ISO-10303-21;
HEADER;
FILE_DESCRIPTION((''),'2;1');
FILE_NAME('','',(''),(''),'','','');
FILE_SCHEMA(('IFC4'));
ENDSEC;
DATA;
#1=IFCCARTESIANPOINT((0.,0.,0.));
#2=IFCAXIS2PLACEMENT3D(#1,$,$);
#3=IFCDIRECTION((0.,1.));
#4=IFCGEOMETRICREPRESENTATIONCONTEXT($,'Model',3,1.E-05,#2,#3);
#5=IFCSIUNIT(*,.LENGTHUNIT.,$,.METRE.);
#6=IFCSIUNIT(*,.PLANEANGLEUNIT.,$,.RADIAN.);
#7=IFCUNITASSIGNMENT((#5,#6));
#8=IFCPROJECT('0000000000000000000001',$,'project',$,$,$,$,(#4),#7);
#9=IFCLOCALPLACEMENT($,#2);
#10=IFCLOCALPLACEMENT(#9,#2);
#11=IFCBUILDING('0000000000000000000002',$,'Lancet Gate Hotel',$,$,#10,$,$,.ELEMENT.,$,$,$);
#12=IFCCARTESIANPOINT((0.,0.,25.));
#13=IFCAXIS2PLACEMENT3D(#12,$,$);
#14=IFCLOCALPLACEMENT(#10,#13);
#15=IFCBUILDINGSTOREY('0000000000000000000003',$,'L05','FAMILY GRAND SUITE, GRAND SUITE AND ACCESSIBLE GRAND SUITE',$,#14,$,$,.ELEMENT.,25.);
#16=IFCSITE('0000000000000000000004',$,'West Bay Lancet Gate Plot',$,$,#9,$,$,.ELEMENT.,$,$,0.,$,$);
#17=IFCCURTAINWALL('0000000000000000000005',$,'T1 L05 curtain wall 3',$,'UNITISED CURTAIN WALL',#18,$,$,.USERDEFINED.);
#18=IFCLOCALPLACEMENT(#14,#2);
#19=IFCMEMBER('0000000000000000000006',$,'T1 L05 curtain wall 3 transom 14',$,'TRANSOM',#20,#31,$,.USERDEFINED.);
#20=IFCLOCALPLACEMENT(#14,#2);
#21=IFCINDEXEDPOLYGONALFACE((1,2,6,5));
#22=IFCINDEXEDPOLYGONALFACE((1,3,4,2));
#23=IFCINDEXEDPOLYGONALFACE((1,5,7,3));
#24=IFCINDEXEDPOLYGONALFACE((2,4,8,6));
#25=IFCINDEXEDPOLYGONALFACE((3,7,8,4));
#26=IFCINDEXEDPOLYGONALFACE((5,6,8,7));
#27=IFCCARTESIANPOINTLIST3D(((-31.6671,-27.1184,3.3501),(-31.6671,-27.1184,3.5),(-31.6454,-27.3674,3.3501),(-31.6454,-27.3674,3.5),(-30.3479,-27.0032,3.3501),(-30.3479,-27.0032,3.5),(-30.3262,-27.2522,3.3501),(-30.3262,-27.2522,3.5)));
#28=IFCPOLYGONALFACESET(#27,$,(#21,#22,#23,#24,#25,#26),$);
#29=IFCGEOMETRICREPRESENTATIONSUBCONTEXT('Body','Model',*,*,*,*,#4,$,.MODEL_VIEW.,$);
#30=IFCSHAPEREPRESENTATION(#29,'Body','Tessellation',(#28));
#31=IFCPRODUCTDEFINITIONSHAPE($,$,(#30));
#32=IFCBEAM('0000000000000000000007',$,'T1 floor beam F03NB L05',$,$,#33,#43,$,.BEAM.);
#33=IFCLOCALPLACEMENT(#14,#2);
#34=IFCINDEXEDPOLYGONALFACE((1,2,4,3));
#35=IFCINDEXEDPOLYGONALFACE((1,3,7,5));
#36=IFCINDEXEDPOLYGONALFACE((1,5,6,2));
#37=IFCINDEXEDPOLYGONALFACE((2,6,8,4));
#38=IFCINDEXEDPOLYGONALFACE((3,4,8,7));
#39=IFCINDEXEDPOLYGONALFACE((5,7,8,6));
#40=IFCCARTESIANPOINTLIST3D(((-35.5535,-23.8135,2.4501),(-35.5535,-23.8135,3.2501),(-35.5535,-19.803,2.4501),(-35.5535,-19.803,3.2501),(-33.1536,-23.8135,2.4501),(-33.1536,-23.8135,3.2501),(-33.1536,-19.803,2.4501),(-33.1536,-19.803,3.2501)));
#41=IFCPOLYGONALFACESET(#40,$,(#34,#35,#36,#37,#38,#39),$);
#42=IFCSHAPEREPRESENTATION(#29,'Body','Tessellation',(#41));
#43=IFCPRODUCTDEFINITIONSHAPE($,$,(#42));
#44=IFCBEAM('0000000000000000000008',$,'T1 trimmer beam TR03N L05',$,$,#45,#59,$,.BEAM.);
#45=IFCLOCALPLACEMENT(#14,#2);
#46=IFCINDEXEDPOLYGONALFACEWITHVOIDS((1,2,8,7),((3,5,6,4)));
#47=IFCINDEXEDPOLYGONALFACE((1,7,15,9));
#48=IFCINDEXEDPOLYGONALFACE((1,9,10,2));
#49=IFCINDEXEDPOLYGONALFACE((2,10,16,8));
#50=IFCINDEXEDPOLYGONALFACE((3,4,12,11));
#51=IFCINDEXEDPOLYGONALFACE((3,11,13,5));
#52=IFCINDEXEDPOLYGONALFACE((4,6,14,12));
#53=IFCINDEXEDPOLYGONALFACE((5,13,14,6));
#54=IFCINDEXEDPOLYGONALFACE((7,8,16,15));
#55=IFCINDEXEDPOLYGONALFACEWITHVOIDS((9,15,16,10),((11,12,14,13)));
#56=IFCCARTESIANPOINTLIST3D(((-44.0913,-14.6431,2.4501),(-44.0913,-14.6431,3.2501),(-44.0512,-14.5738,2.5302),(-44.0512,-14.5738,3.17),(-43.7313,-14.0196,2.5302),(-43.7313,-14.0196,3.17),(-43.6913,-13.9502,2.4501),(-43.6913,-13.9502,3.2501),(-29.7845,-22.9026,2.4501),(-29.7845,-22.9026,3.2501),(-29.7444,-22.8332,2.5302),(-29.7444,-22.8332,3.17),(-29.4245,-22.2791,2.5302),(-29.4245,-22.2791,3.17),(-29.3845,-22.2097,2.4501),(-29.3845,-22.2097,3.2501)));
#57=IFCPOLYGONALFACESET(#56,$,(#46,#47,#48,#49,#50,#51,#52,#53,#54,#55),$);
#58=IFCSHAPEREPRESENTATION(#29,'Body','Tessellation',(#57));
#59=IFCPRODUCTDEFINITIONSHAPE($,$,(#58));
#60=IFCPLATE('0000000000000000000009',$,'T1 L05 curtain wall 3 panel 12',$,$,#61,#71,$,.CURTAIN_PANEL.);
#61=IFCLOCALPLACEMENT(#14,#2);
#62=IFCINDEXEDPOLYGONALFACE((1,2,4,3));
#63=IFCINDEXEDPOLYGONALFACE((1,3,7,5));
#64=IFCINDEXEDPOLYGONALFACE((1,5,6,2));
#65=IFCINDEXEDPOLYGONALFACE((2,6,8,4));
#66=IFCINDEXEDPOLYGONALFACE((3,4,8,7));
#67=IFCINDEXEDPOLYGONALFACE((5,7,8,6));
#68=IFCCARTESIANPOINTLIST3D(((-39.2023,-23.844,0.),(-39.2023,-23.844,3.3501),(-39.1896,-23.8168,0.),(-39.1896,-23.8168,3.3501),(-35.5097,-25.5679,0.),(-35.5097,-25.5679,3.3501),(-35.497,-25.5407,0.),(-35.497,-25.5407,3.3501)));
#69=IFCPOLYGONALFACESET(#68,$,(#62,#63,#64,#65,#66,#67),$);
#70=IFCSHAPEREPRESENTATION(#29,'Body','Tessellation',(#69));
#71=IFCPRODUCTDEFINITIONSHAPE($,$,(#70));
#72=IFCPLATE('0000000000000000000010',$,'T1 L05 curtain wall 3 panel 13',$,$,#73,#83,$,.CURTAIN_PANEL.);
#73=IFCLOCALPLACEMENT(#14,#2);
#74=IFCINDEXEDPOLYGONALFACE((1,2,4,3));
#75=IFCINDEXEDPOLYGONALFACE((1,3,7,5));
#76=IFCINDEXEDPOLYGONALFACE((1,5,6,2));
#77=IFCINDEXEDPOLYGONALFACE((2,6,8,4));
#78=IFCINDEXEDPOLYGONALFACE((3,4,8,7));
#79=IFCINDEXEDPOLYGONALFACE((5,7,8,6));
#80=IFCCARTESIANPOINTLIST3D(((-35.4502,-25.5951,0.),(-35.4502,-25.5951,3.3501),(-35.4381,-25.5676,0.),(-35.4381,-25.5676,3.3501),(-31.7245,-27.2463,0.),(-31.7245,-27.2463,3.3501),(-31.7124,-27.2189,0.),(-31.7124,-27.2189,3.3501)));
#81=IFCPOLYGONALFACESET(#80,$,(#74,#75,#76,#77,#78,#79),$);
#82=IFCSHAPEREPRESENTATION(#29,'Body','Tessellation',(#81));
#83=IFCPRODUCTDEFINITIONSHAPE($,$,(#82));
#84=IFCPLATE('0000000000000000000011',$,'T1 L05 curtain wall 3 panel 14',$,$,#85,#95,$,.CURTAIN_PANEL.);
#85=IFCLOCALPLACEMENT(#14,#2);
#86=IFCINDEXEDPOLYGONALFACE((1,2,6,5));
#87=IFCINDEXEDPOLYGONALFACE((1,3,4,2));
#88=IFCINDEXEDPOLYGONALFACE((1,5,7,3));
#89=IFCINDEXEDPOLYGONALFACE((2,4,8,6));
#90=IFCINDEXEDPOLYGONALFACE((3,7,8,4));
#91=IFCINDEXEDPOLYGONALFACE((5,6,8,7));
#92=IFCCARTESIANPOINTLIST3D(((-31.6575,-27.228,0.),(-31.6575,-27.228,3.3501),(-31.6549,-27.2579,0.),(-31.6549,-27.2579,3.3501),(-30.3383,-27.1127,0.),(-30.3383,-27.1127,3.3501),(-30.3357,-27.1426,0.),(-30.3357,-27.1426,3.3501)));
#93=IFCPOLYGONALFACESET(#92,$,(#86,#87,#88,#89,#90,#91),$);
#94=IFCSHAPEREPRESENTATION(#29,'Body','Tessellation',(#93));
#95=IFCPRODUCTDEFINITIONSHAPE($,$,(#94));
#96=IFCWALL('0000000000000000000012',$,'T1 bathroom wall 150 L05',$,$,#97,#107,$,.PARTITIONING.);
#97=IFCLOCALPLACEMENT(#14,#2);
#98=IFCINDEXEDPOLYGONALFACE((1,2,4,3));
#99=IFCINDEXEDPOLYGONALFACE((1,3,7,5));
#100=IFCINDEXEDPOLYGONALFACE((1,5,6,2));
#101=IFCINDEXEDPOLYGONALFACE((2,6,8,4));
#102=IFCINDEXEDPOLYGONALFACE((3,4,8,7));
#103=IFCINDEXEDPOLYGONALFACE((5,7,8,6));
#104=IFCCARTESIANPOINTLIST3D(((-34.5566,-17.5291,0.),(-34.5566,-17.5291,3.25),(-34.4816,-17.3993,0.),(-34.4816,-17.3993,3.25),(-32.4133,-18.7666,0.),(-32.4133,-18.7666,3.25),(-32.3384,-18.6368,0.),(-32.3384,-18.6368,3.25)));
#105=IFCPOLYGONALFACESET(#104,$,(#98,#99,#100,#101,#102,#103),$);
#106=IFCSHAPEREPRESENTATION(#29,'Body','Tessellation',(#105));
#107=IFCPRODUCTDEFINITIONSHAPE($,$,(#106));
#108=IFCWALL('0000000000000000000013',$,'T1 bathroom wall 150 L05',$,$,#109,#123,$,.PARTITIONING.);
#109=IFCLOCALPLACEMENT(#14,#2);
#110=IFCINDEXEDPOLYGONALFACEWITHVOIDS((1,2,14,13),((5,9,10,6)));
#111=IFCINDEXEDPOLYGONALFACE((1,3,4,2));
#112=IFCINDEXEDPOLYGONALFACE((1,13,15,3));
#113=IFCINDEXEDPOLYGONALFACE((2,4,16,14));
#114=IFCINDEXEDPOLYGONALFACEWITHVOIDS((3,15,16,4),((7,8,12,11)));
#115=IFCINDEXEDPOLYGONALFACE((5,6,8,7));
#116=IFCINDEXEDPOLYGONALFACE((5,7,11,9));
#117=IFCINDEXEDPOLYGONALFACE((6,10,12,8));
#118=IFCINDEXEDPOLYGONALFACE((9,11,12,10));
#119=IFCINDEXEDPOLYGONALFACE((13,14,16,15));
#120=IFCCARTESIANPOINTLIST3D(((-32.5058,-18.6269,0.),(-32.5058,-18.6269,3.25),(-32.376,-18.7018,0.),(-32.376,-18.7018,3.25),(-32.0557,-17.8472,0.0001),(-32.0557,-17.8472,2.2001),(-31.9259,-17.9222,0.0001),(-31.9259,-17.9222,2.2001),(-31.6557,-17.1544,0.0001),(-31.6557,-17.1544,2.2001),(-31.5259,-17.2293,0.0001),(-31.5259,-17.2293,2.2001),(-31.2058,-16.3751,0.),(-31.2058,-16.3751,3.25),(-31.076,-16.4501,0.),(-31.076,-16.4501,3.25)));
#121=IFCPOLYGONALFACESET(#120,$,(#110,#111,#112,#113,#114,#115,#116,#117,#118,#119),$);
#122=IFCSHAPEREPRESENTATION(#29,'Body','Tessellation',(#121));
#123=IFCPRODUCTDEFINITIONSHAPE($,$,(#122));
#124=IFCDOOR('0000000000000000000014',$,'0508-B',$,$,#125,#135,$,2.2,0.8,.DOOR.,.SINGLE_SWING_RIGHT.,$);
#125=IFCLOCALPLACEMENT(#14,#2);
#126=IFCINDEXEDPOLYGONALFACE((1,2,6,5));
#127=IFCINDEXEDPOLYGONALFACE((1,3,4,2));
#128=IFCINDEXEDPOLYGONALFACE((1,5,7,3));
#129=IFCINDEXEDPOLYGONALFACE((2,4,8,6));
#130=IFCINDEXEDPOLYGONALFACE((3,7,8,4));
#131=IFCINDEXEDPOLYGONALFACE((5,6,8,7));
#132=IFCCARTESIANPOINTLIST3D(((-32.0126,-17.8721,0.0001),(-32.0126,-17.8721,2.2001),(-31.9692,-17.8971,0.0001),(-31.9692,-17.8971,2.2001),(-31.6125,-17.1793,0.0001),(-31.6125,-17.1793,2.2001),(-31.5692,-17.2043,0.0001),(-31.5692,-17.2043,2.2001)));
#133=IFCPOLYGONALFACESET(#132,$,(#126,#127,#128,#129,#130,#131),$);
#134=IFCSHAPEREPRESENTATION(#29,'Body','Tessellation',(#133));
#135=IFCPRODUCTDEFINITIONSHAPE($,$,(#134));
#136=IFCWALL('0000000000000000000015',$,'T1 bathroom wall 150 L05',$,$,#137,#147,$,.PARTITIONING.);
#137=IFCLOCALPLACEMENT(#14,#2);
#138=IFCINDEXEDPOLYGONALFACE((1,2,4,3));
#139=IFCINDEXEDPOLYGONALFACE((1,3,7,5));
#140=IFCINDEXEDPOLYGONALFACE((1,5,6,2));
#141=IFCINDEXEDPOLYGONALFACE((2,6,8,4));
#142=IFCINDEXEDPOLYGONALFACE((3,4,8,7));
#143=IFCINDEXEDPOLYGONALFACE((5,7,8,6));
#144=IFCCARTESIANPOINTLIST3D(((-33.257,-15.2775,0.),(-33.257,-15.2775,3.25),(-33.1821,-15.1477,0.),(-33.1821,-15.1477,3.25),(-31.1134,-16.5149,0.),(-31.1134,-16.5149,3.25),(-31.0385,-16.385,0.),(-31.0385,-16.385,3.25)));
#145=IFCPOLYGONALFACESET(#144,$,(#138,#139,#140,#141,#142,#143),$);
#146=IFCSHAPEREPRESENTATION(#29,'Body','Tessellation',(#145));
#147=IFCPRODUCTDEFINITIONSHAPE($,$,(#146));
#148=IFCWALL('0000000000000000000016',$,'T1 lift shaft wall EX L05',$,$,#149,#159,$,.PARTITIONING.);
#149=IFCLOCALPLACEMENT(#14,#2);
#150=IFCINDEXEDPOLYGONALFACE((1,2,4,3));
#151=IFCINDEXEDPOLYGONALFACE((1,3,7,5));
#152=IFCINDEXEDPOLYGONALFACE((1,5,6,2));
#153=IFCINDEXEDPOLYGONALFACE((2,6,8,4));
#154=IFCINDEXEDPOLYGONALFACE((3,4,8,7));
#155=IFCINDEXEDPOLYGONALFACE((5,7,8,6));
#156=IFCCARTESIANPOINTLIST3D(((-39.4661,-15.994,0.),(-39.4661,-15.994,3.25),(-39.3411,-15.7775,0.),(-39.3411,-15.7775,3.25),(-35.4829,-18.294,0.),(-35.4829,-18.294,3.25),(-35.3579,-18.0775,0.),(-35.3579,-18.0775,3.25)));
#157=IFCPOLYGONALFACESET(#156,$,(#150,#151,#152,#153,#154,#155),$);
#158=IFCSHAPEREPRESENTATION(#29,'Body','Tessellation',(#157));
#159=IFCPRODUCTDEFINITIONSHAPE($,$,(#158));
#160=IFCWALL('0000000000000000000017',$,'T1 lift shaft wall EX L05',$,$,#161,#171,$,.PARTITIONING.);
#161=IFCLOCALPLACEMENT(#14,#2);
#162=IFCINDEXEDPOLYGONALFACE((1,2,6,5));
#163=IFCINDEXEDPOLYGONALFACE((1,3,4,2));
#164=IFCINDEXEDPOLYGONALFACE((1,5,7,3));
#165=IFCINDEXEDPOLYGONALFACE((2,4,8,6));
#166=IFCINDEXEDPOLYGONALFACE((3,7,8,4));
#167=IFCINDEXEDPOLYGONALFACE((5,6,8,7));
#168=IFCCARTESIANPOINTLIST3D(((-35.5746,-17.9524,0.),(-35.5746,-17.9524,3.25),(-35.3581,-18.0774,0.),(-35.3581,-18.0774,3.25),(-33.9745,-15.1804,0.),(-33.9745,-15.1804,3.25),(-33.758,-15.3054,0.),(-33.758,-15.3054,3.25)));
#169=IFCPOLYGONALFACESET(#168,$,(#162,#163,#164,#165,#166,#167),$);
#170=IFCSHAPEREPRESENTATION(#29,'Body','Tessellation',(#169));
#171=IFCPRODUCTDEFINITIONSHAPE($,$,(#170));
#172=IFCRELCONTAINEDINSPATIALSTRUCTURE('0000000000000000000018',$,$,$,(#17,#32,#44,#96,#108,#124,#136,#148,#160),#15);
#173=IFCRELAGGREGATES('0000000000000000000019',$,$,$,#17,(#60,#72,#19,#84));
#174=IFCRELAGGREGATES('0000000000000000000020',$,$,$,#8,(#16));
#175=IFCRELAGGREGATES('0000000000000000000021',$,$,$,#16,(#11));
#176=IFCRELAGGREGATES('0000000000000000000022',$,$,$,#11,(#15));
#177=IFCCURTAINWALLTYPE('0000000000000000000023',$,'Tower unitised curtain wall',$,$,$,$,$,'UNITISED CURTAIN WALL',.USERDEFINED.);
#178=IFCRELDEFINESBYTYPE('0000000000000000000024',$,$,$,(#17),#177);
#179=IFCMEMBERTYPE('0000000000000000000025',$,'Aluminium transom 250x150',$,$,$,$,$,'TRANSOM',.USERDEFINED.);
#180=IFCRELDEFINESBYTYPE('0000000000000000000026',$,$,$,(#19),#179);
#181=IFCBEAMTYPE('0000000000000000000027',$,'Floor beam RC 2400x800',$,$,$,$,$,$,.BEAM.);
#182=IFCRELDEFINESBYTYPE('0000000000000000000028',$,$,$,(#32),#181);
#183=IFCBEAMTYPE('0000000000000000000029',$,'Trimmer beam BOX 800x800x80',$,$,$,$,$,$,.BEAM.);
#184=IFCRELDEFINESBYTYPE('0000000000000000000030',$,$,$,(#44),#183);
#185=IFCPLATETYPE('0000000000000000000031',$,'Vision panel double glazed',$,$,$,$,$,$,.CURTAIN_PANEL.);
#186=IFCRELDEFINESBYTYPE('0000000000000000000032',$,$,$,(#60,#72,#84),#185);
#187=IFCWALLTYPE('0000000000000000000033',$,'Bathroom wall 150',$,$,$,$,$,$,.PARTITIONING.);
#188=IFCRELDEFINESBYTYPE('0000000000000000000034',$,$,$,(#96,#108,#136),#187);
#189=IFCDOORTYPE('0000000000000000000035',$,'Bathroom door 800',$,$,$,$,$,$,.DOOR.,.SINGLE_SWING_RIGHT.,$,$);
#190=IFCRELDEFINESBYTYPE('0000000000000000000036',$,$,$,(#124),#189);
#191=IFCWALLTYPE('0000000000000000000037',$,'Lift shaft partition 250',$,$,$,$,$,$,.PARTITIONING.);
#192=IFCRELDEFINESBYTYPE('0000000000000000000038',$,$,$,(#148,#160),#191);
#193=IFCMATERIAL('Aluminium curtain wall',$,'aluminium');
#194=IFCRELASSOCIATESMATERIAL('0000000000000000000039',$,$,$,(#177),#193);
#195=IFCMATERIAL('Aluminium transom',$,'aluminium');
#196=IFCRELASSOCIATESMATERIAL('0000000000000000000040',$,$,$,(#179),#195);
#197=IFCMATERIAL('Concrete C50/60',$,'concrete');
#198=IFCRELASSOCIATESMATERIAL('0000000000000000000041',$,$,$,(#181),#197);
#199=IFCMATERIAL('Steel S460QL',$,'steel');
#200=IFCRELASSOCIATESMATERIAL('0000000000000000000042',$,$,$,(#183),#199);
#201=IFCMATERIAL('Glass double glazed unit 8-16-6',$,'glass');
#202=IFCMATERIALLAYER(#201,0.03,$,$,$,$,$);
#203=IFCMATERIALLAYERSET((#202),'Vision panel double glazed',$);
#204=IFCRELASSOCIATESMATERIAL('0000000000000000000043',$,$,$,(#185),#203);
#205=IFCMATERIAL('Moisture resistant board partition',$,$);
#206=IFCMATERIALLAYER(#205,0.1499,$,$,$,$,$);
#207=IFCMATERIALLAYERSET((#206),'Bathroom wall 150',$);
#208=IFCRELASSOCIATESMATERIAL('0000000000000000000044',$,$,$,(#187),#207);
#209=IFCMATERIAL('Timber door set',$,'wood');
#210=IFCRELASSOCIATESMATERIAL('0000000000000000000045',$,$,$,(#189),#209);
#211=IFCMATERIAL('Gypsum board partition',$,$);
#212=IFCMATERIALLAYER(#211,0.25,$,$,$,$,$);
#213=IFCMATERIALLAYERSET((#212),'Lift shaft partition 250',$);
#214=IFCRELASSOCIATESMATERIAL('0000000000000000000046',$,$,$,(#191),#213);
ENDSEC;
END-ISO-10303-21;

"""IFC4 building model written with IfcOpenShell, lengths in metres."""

from ifc_helpers import new_model, si_unit, direction, frame, frame_2d, origin, origin_2d, place, context, subcontext, project, spatial, rectangle, hollow_rectangle, extrude, material, layer, layer_set, material_profile, profile_set, type_object, element, fill, aggregate, save


model = new_model("IFC4")

# Units and contexts
model_context = context("Model", 3, precision=1e-05, world=origin(), true_north=direction((0.0, 1.0)))
body_context = subcontext(model_context, "Body", "Model", "MODEL_VIEW")
ifc_project = project(units=[si_unit("LENGTHUNIT", "METRE"), si_unit("PLANEANGLEUNIT", "RADIAN")], contexts=[model_context])

# Site, building, storey
site_placement = place(None, origin())
site = spatial("IfcSite", under=ifc_project, at=site_placement, Name="West Bay Lancet Gate Plot", CompositionType="ELEMENT", RefElevation=0.0)
building_placement = place(site_placement, origin())
building = spatial("IfcBuilding", under=site, at=building_placement, Name="Lancet Gate Hotel", CompositionType="ELEMENT")
storey_placement = place(building_placement, frame((0.0, 0.0, 25.0)))
storey = spatial("IfcBuildingStorey", under=building, at=storey_placement, Name="L05", Description="FAMILY GRAND SUITE, GRAND SUITE AND ACCESSIBLE GRAND SUITE", CompositionType="ELEMENT", Elevation=25.0)

# Curtain wall, member
ifc_material_1 = material(Name="Aluminium curtain wall", Category="aluminium")
curtain_wall_type = type_object("IfcCurtainWallType", Name="Tower unitised curtain wall", ElementType="UNITISED CURTAIN WALL", PredefinedType="USERDEFINED", material=ifc_material_1)
curtain_wall_placement = place(storey_placement, origin())
curtain_wall = element("IfcCurtainWall", 1, at=curtain_wall_placement, inside=storey, type_object=curtain_wall_type, Name="T1 L05 curtain wall 3", ObjectType="UNITISED CURTAIN WALL", PredefinedType="USERDEFINED")
ifc_material_2 = material(Name="Aluminium transom", Category="aluminium")
ifc_material_profile_1 = material_profile(ifc_material_2, rectangle(XDim=0.25, YDim=0.1499, at=origin_2d()), Name="TRANSOM 250x150")
ifc_profile_set_1 = profile_set([ifc_material_profile_1], Name="Aluminium transom")
member_type_1 = type_object("IfcMemberType", Name="Aluminium transom 250x150", ElementType="TRANSOM", PredefinedType="USERDEFINED", material=ifc_profile_set_1)
member_1_placement = place(storey_placement, frame((-31.6562, -27.2429, 3.425), z_axis=(0.996206, 0.087027, 0.0), x_axis=(-0.087027, 0.996206, 0.0)))
member_1 = element("IfcMember", 2, at=member_1_placement, type_object=member_type_1, Name="T1 L05 curtain wall 3 transom 14", ObjectType="TRANSOM", PredefinedType="USERDEFINED", context=body_context, shape_type="SweptSolid", body=[
    extrude(rectangle(XDim=0.25, YDim=0.1499, at=origin_2d()), origin(), (0.0, 0.0, 1.0), 1.3242),
])

# Beams
ifc_material_3 = material(Name="Concrete C50/60", Category="concrete")
ifc_material_profile_2 = material_profile(ifc_material_3, rectangle(XDim=2.3999, YDim=0.8, at=origin_2d()), Name="RC 2400x800")
ifc_profile_set_2 = profile_set([ifc_material_profile_2], Name="Concrete C50/60")
beam_type_1 = type_object("IfcBeamType", Name="Floor beam RC 2400x800", PredefinedType="BEAM", material=ifc_profile_set_2)
beam_1_placement = place(storey_placement, frame((-34.3535, -19.803, 2.8501), z_axis=(0.0, -1.0, 0.0), x_axis=(1.0, 0.0, 0.0)))
element("IfcBeam", 3, at=beam_1_placement, inside=storey, type_object=beam_type_1, Name="T1 floor beam F03NB L05", PredefinedType="BEAM", context=body_context, shape_type="SweptSolid", body=[
    extrude(rectangle(XDim=2.3999, YDim=0.8, at=origin_2d()), origin(), (0.0, 0.0, 1.0), 4.0105),
])
ifc_material_4 = material(Name="Steel S460QL", Category="steel")
ifc_material_profile_3 = material_profile(ifc_material_4, hollow_rectangle(XDim=0.8, YDim=0.8, WallThickness=0.0801, at=origin_2d()), Name="BOX 800x800x80")
ifc_profile_set_3 = profile_set([ifc_material_profile_3], Name="Steel S460QL")
beam_type_2 = type_object("IfcBeamType", Name="Trimmer beam BOX 800x800x80", PredefinedType="BEAM", material=ifc_profile_set_3)
beam_2_placement = place(storey_placement, frame((-29.5845, -22.5562, 2.8501), z_axis=(-0.86604, 0.499974, 0.0), x_axis=(-0.499974, -0.86604, 0.0)))
element("IfcBeam", 4, at=beam_2_placement, inside=storey, type_object=beam_type_2, Name="T1 trimmer beam TR03N L05", PredefinedType="BEAM", context=body_context, shape_type="SweptSolid", body=[
    extrude(hollow_rectangle(XDim=0.8, YDim=0.8, WallThickness=0.0801, at=origin_2d()), origin(), (0.0, 0.0, 1.0), 16.5198),
])

# Plates
ifc_material_5 = material(Name="Glass double glazed unit 8-16-6", Category="glass")
ifc_layer_1 = layer(ifc_material_5, 0.03)
ifc_layer_set_1 = layer_set([ifc_layer_1], Name="Vision panel double glazed")
plate_type = type_object("IfcPlateType", Name="Vision panel double glazed", PredefinedType="CURTAIN_PANEL", material=ifc_layer_set_1)
plate_1_placement = place(storey_placement, frame((-37.3496, -24.6924, 0.0), z_axis=(0.0, 0.0, 1.0), x_axis=(0.906118, -0.423026, 0.0)))
plate_1 = element("IfcPlate", 5, at=plate_1_placement, type_object=plate_type, Name="T1 L05 curtain wall 3 panel 12", PredefinedType="CURTAIN_PANEL", context=body_context, shape_type="SweptSolid", body=[
    extrude(rectangle(XDim=4.0752, YDim=0.03, at=origin_2d()), origin(), (0.0, 0.0, 1.0), 3.3501),
])
plate_2_placement = place(storey_placement, frame((-33.5813, -26.407, 0.0), z_axis=(0.0, 0.0, 1.0), x_axis=(0.914234, -0.405186, 0.0)))
plate_2 = element("IfcPlate", 6, at=plate_2_placement, type_object=plate_type, Name="T1 L05 curtain wall 3 panel 13", PredefinedType="CURTAIN_PANEL", context=body_context, shape_type="SweptSolid", body=[
    extrude(rectangle(XDim=4.0752, YDim=0.03, at=origin_2d()), origin(), (0.0, 0.0, 1.0), 3.3501),
])
plate_3_placement = place(storey_placement, frame((-30.9966, -27.1853, 0.0), z_axis=(0.0, 0.0, 1.0), x_axis=(0.996204, 0.087052, 0.0)))
plate_3 = element("IfcPlate", 7, at=plate_3_placement, type_object=plate_type, Name="T1 L05 curtain wall 3 panel 14", PredefinedType="CURTAIN_PANEL", context=body_context, shape_type="SweptSolid", body=[
    extrude(rectangle(XDim=1.3242, YDim=0.03, at=origin_2d()), origin(), (0.0, 0.0, 1.0), 3.3501),
])
aggregate(curtain_wall, [plate_1, plate_2, member_1, plate_3])

# Wall
ifc_material_6 = material(Name="Moisture resistant board partition")
ifc_layer_2 = layer(ifc_material_6, 0.1499)
ifc_layer_set_2 = layer_set([ifc_layer_2], Name="Bathroom wall 150")
wall_type_1 = type_object("IfcWallType", Name="Bathroom wall 150", PredefinedType="PARTITIONING", material=ifc_layer_set_2)
wall_1_placement = place(storey_placement, frame((-32.376, -18.7017, 0.0), z_axis=(0.0, 0.0, 1.0), x_axis=(-0.866007, 0.500033, 0.0)))
element("IfcWall", 8, at=wall_1_placement, inside=storey, type_object=wall_type_1, Name="T1 bathroom wall 150 L05", PredefinedType="PARTITIONING", context=body_context, shape_type="SweptSolid", body=[
    extrude(rectangle(XDim=2.4749, YDim=0.1499, at=frame_2d((1.2373, 0.0))), origin(), (0.0, 0.0, 1.0), 3.25),
])

# Wall, opening, door
wall_2_placement = place(storey_placement, frame((-31.1409, -16.4126, 0.0), z_axis=(0.0, 0.0, 1.0), x_axis=(-0.500007, -0.866021, 0.0)))
wall_2 = element("IfcWall", 9, at=wall_2_placement, inside=storey, type_object=wall_type_1, Name="T1 bathroom wall 150 L05", PredefinedType="PARTITIONING", context=body_context, shape_type="SweptSolid", body=[
    extrude(rectangle(XDim=2.6001, YDim=0.1499, at=frame_2d((1.3, 0.0))), origin(), (0.0, 0.0, 1.0), 3.25),
])
opening_placement = place(wall_2_placement, frame((0.8999, 0.0, 0.0)))
opening = element("IfcOpeningElement", 10, at=opening_placement, cuts=wall_2, PredefinedType="OPENING", context=body_context, shape_type="SweptSolid", body=[
    extrude(rectangle(XDim=0.8, YDim=2.2, at=frame_2d((0.3999, 1.1001))), frame((0.0, 0.085, 0.0), z_axis=(0.0, -1.0, 0.0), x_axis=(1.0, 0.0, 0.0)), (0.0, 0.0, 1.0), 0.1699),
])
ifc_material_7 = material(Name="Timber door set", Category="wood")
door_type = type_object("IfcDoorType", Name="Bathroom door 800", OperationType="SINGLE_SWING_RIGHT", PredefinedType="DOOR", material=ifc_material_7)
door_placement = place(opening_placement, origin())
door = element("IfcDoor", 11, at=door_placement, inside=storey, type_object=door_type, Name="0508-B", OperationType="SINGLE_SWING_RIGHT", OverallHeight=2.2, OverallWidth=0.8, PredefinedType="DOOR", context=body_context, shape_type="SweptSolid", body=[
    extrude(rectangle(XDim=0.8, YDim=2.2, at=frame_2d((0.3999, 1.1001))), frame((0.0, 0.0249, 0.0), z_axis=(0.0, -1.0, 0.0), x_axis=(1.0, 0.0, 0.0)), (0.0, 0.0, 1.0), 0.05),
])
fill(opening, door)

# Walls
wall_3_placement = place(storey_placement, frame((-31.0759, -16.45, 0.0), z_axis=(0.0, 0.0, 1.0), x_axis=(-0.866074, 0.499916, 0.0)))
element("IfcWall", 12, at=wall_3_placement, inside=storey, type_object=wall_type_1, Name="T1 bathroom wall 150 L05", PredefinedType="PARTITIONING", context=body_context, shape_type="SweptSolid", body=[
    extrude(rectangle(XDim=2.4751, YDim=0.1499, at=frame_2d((1.2375, 0.0))), origin(), (0.0, 0.0, 1.0), 3.25),
])
ifc_material_8 = material(Name="Gypsum board partition")
ifc_layer_3 = layer(ifc_material_8, 0.25)
ifc_layer_set_3 = layer_set([ifc_layer_3], Name="Lift shaft partition 250")
wall_type_2 = type_object("IfcWallType", Name="Lift shaft partition 250", PredefinedType="PARTITIONING", material=ifc_layer_set_3)
wall_4_placement = place(storey_placement, frame((-35.4204, -18.1858, 0.0), z_axis=(0.0, 0.0, 1.0), x_axis=(-0.86599, 0.500061, 0.0)))
element("IfcWall", 13, at=wall_4_placement, inside=storey, type_object=wall_type_2, Name="T1 lift shaft wall EX L05", PredefinedType="PARTITIONING", context=body_context, shape_type="SweptSolid", body=[
    extrude(rectangle(XDim=4.5996, YDim=0.25, at=frame_2d((2.2998, 0.0))), origin(), (0.0, 0.0, 1.0), 3.25),
])
wall_5_placement = place(storey_placement, frame((-33.8662, -15.2429, 0.0), z_axis=(0.0, 0.0, 1.0), x_axis=(-0.499929, -0.866066, 0.0)))
element("IfcWall", 14, at=wall_5_placement, inside=storey, type_object=wall_type_2, Name="T1 lift shaft wall EX L05", PredefinedType="PARTITIONING", context=body_context, shape_type="SweptSolid", body=[
    extrude(rectangle(XDim=3.2007, YDim=0.25, at=frame_2d((1.6003, 0.0))), origin(), (0.0, 0.0, 1.0), 3.25),
])

save(model, "model.ifc")
